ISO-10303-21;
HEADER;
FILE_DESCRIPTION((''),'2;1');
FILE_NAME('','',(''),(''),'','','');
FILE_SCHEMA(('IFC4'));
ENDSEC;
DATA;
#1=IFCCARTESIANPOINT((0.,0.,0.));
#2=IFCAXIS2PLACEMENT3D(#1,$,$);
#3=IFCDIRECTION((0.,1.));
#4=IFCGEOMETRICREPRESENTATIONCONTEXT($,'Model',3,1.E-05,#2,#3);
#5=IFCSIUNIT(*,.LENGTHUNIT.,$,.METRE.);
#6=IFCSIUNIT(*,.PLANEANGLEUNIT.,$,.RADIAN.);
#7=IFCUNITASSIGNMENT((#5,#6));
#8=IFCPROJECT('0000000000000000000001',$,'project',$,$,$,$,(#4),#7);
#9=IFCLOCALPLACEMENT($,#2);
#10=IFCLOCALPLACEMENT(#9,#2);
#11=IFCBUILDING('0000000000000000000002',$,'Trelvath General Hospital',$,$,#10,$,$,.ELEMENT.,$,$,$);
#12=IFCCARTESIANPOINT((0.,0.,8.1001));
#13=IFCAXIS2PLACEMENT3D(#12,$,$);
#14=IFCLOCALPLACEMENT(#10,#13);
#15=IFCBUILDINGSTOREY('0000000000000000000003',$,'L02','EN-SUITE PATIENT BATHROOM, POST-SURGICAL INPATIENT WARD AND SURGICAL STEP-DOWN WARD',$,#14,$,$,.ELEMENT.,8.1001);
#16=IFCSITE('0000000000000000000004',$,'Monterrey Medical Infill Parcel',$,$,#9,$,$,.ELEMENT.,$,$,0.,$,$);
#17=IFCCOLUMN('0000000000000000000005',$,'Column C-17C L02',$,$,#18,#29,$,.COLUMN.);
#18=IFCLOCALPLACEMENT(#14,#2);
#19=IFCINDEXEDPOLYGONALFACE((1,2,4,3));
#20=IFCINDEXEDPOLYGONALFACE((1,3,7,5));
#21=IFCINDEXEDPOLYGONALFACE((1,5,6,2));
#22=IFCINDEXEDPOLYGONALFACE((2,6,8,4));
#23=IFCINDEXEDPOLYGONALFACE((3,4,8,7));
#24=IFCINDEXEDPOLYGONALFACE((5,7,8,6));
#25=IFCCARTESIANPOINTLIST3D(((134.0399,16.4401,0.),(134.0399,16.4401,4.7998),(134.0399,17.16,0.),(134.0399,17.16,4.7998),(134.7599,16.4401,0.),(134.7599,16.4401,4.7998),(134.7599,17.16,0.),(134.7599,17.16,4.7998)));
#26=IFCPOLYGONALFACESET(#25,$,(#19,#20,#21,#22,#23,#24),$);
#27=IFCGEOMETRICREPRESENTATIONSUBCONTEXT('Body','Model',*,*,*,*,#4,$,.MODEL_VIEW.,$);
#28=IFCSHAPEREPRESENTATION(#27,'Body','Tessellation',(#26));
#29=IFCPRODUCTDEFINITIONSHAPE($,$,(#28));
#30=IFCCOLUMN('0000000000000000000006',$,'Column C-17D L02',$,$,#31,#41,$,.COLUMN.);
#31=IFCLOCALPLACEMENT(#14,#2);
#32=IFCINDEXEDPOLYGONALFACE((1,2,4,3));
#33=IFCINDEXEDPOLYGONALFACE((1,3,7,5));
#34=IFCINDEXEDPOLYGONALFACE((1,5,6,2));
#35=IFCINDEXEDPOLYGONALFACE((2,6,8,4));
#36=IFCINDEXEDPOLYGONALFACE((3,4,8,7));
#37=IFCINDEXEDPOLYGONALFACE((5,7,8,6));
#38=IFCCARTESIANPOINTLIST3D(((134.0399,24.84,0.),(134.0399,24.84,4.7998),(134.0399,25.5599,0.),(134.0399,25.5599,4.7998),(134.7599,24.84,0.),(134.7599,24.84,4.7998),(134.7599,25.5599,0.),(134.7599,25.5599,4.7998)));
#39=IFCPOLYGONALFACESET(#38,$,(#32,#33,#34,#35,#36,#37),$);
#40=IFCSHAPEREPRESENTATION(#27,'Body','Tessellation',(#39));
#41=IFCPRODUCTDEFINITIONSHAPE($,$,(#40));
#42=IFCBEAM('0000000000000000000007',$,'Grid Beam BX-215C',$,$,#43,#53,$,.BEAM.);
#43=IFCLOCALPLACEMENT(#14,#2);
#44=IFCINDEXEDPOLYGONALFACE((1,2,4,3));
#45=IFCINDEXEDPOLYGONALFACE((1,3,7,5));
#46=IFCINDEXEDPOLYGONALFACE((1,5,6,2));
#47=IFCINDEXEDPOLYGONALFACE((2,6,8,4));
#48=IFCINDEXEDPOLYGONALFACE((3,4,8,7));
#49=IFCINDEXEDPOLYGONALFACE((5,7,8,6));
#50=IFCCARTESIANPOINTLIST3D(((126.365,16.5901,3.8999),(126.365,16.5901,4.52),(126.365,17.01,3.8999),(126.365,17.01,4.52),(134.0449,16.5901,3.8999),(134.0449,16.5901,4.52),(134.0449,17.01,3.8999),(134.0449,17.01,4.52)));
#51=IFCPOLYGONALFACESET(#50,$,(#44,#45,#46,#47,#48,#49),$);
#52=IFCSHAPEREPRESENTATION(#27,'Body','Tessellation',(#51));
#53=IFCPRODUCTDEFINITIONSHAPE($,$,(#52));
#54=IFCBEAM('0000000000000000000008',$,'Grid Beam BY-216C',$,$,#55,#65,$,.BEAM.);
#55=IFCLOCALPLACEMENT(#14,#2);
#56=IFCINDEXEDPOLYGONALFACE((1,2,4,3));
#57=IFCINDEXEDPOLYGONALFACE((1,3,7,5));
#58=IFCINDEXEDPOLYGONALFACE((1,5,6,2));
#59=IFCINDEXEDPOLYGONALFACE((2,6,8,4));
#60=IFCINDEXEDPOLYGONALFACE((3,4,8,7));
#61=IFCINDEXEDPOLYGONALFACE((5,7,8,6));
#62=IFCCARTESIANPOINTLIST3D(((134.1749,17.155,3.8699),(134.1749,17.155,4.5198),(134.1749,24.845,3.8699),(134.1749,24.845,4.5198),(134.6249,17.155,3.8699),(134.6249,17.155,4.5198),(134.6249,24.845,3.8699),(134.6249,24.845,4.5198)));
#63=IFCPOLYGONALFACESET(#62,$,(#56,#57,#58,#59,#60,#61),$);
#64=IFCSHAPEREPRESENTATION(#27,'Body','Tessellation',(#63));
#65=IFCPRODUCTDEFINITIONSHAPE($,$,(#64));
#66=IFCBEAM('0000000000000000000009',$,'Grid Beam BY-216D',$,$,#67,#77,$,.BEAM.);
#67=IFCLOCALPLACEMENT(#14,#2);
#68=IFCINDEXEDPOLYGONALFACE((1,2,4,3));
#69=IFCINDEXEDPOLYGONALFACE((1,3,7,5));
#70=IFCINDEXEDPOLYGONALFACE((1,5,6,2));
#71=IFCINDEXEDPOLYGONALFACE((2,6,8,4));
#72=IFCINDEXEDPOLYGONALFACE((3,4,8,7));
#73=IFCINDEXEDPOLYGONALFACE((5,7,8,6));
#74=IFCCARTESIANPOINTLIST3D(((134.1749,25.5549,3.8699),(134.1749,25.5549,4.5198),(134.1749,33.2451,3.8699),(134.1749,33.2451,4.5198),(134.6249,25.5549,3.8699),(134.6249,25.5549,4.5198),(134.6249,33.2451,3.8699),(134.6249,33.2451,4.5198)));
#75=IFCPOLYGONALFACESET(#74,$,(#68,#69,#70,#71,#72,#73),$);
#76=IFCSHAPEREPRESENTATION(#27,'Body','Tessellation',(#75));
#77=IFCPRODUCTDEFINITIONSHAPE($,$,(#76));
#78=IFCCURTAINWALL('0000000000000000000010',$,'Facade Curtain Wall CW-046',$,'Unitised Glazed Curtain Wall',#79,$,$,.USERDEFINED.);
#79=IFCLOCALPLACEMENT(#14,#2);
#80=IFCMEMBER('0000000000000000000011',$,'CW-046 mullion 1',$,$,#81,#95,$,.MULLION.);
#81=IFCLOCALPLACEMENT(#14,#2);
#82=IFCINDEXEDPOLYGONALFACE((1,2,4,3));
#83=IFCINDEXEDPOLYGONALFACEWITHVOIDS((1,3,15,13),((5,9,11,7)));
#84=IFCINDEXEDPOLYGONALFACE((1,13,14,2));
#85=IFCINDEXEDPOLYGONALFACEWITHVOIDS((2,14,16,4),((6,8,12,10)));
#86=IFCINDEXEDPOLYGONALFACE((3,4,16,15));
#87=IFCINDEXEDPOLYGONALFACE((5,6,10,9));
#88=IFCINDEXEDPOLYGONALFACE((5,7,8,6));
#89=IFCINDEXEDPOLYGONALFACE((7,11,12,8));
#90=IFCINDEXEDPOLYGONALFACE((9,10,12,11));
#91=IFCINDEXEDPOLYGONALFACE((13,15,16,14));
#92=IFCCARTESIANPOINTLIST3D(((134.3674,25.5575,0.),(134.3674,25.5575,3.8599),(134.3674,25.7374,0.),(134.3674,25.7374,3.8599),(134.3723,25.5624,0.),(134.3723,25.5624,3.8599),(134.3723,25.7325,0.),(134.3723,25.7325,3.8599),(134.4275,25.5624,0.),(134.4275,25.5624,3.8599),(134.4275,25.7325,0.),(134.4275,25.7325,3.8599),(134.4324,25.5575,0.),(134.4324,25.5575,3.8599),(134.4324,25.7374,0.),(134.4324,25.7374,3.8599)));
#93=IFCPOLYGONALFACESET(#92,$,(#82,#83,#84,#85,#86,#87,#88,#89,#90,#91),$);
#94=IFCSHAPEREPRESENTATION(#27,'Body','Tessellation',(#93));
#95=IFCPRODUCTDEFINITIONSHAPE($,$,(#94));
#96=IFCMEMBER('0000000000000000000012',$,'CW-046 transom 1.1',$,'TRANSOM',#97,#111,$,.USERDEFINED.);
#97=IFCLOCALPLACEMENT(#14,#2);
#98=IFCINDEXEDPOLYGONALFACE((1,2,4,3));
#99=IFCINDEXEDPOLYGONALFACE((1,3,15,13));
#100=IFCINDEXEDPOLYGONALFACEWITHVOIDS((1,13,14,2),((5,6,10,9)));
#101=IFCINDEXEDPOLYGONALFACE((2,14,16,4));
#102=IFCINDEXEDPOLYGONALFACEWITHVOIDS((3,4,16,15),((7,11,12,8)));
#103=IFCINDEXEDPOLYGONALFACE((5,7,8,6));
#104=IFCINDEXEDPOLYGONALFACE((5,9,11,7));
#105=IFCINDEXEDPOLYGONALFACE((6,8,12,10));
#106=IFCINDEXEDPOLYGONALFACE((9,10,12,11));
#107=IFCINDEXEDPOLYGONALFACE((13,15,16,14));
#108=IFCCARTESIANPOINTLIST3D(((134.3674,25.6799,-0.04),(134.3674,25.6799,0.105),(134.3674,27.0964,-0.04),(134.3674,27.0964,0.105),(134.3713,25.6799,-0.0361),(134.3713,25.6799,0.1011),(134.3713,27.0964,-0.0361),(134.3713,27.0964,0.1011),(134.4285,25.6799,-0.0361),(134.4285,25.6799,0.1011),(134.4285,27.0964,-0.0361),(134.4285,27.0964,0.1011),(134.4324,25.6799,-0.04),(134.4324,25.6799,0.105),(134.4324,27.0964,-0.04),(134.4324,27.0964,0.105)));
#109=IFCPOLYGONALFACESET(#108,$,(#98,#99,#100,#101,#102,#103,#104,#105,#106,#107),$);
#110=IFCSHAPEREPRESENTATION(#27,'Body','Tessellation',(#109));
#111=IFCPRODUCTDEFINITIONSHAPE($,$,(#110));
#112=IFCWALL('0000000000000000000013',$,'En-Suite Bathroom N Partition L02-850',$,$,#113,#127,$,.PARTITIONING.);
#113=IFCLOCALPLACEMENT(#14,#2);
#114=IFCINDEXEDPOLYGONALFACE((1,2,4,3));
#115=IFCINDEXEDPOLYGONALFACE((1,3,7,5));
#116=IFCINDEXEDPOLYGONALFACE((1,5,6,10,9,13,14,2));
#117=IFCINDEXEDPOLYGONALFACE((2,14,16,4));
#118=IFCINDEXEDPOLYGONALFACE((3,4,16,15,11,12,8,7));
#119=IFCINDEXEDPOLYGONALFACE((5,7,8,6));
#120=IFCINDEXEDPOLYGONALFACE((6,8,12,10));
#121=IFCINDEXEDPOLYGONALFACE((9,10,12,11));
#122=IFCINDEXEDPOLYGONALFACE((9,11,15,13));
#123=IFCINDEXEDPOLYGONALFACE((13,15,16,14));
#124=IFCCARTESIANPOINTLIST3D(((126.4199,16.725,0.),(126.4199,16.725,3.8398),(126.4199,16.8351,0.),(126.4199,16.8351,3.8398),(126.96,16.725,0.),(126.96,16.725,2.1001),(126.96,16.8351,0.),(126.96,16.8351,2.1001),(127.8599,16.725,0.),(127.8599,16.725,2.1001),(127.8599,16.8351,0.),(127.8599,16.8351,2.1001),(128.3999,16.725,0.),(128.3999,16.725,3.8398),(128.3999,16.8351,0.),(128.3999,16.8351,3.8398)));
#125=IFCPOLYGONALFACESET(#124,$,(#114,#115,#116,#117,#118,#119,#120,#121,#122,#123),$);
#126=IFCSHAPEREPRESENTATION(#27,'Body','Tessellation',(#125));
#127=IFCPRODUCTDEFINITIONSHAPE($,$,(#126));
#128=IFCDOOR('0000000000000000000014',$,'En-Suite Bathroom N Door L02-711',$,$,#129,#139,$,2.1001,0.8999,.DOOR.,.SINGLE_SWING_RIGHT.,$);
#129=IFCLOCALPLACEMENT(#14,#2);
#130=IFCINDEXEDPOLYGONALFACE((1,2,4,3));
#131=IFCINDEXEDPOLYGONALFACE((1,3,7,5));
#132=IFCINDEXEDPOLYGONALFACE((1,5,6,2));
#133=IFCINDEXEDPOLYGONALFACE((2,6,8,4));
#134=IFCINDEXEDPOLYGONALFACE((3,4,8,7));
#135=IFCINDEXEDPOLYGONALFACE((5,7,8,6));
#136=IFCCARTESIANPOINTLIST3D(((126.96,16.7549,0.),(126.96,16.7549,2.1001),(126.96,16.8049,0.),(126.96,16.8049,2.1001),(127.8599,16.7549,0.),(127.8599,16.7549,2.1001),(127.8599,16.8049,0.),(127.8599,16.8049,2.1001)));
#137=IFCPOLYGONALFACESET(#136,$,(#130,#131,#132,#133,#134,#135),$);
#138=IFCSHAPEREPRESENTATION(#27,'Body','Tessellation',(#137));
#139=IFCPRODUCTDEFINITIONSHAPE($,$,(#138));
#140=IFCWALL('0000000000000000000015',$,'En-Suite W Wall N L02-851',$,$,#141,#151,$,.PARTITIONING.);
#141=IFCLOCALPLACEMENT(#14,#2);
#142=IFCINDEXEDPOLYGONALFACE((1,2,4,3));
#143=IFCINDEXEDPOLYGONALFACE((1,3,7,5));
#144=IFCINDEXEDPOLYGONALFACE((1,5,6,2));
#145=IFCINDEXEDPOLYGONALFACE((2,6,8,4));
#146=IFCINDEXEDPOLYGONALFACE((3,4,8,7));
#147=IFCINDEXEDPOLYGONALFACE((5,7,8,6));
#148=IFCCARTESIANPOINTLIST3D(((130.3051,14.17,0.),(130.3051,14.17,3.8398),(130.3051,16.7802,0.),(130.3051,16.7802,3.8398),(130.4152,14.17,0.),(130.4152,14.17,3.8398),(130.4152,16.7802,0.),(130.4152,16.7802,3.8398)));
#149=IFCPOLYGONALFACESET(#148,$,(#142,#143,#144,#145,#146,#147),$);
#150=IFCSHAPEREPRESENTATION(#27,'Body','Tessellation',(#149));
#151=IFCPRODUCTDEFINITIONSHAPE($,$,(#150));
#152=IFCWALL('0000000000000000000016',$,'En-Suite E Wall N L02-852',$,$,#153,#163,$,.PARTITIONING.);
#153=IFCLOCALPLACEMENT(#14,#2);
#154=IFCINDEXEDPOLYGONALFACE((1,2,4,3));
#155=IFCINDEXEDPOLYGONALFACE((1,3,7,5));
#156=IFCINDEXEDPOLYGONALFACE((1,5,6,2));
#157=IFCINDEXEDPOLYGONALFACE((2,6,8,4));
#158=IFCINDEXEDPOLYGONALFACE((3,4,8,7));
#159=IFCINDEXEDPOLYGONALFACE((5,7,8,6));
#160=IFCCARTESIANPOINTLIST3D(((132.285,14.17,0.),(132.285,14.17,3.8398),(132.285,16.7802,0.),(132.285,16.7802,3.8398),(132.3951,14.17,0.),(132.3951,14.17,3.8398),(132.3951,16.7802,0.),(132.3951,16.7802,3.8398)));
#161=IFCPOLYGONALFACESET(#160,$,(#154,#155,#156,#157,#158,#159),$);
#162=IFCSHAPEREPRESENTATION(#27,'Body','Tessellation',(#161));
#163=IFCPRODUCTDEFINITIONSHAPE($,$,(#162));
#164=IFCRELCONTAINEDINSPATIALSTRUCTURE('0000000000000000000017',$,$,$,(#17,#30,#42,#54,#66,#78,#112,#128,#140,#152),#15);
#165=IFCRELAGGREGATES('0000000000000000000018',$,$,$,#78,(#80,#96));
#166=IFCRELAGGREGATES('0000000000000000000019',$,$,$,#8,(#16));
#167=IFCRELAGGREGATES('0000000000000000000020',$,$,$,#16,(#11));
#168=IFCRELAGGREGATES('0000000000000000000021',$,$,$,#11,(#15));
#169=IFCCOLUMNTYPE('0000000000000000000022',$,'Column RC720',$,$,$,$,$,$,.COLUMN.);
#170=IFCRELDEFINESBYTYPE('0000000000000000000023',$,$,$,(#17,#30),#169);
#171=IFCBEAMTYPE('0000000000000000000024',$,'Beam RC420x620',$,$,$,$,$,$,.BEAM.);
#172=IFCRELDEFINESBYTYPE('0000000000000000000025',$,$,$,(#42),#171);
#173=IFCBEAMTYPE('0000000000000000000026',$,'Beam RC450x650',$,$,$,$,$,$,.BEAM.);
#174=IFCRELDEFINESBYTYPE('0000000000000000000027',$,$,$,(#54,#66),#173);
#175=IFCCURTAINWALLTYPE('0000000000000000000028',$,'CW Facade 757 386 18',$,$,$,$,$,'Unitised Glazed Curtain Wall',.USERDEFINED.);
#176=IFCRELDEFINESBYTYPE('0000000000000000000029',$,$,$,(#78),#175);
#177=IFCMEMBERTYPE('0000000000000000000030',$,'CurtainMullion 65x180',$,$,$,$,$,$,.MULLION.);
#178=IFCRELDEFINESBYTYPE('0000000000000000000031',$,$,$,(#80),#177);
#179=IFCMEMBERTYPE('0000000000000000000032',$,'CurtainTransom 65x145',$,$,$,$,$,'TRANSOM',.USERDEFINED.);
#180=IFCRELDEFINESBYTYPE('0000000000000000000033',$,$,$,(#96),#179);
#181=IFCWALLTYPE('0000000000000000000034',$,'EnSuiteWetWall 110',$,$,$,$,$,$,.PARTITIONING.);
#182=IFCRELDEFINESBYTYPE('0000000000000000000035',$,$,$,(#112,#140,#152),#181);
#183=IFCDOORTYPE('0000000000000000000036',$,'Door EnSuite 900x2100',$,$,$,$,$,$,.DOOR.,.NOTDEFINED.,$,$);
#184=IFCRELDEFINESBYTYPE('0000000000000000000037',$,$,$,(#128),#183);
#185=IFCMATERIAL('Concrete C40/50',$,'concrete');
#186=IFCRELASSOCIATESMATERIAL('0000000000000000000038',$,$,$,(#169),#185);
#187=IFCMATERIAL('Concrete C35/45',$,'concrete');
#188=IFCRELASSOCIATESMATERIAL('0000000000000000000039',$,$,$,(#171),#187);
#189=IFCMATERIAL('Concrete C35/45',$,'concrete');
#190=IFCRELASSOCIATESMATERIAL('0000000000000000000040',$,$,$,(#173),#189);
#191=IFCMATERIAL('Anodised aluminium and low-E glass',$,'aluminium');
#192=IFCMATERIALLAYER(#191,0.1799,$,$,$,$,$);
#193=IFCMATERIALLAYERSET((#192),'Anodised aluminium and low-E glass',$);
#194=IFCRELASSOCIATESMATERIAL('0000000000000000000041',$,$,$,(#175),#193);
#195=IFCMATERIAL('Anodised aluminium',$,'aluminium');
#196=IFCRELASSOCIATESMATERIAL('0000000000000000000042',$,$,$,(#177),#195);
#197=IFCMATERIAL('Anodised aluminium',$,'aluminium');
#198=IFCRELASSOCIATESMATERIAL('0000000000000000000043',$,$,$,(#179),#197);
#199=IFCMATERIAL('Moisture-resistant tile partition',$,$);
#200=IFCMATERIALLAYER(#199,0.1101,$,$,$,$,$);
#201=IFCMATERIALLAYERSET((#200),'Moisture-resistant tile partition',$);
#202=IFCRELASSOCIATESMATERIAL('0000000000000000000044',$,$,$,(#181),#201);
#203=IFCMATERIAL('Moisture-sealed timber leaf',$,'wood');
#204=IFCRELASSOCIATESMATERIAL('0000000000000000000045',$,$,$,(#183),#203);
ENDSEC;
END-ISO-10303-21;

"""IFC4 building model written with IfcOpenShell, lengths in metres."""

from ifc_helpers import new_model, si_unit, direction, frame, frame_2d, origin, origin_2d, place, context, subcontext, project, spatial, rectangle, hollow_rectangle, extrude, material, layer, layer_set, material_profile, profile_set, type_object, element, fill, aggregate, save


model = new_model("IFC4")

# Units and contexts
model_context = context("Model", 3, precision=1e-05, world=origin(), true_north=direction((0.0, 1.0)))
body_context = subcontext(model_context, "Body", "Model", "MODEL_VIEW")
ifc_project = project(units=[si_unit("LENGTHUNIT", "METRE"), si_unit("PLANEANGLEUNIT", "RADIAN")], contexts=[model_context])

# Site, building, storey
site_placement = place(None, origin())
site = spatial("IfcSite", under=ifc_project, at=site_placement, Name="Monterrey Medical Infill Parcel", CompositionType="ELEMENT", RefElevation=0.0)
building_placement = place(site_placement, origin())
building = spatial("IfcBuilding", under=site, at=building_placement, Name="Trelvath General Hospital", CompositionType="ELEMENT")
storey_placement = place(building_placement, frame((0.0, 0.0, 8.1001)))
storey = spatial("IfcBuildingStorey", under=building, at=storey_placement, Name="L02", Description="EN-SUITE PATIENT BATHROOM, POST-SURGICAL INPATIENT WARD AND SURGICAL STEP-DOWN WARD", CompositionType="ELEMENT", Elevation=8.1001)

# Columns
ifc_material_1 = material(Name="Concrete C40/50", Category="concrete")
ifc_material_profile_1 = material_profile(ifc_material_1, rectangle(XDim=0.72, YDim=0.72, at=origin_2d()), Name="RC720x720")
ifc_profile_set_1 = profile_set([ifc_material_profile_1], Name="Concrete C40/50")
column_type = type_object("IfcColumnType", Name="Column RC720", PredefinedType="COLUMN", material=ifc_profile_set_1)
for number, where, z_axis, x_axis, name in (
    (1, (134.3999, 16.8, 0.0), (0.0, 0.0, 1.0), (1.0, 0.0, 0.0), "Column C-17C L02"),
    (2, (134.3999, 25.2, 0.0), (0.0, 0.0, 1.0), (1.0, 0.0, 0.0), "Column C-17D L02"),
):
    element("IfcColumn", number, at=place(storey_placement, frame(where, z_axis=z_axis, x_axis=x_axis)), inside=storey, type_object=column_type, Name=name, PredefinedType="COLUMN", context=body_context, shape_type="SweptSolid", body=[
        extrude(rectangle(XDim=0.72, YDim=0.72, at=origin_2d()), origin(), (0.0, 0.0, 1.0), 4.7998),
    ])

# Beams
ifc_material_2 = material(Name="Concrete C35/45", Category="concrete")
ifc_material_profile_2 = material_profile(ifc_material_2, rectangle(XDim=0.4199, YDim=0.6201, at=origin_2d()), Name="RCB420x620")
ifc_profile_set_2 = profile_set([ifc_material_profile_2], Name="Concrete C35/45")
beam_type_1 = type_object("IfcBeamType", Name="Beam RC420x620", PredefinedType="BEAM", material=ifc_profile_set_2)
beam_1_placement = place(storey_placement, frame((126.365, 16.8, 4.21), z_axis=(1.0, 0.0, 0.0), x_axis=(0.0, 1.0, 0.0)))
element("IfcBeam", 3, at=beam_1_placement, inside=storey, type_object=beam_type_1, Name="Grid Beam BX-215C", PredefinedType="BEAM", context=body_context, shape_type="SweptSolid", body=[
    extrude(rectangle(XDim=0.4199, YDim=0.6201, at=origin_2d()), origin(), (0.0, 0.0, 1.0), 7.6799),
])
ifc_material_3 = material(Name="Concrete C35/45", Category="concrete")
ifc_material_profile_3 = material_profile(ifc_material_3, rectangle(XDim=0.45, YDim=0.6499, at=origin_2d()), Name="RCB450x650")
ifc_profile_set_3 = profile_set([ifc_material_profile_3], Name="Concrete C35/45")
beam_type_2 = type_object("IfcBeamType", Name="Beam RC450x650", PredefinedType="BEAM", material=ifc_profile_set_3)
beam_2_placement = place(storey_placement, frame((134.3999, 17.155, 4.1948), z_axis=(0.0, 1.0, 0.0), x_axis=(-1.0, 0.0, 0.0)))
element("IfcBeam", 4, at=beam_2_placement, inside=storey, type_object=beam_type_2, Name="Grid Beam BY-216C", PredefinedType="BEAM", context=body_context, shape_type="SweptSolid", body=[
    extrude(rectangle(XDim=0.45, YDim=0.6499, at=origin_2d()), origin(), (0.0, 0.0, 1.0), 7.6899),
])
beam_3_placement = place(storey_placement, frame((134.3999, 25.5549, 4.1948), z_axis=(0.0, 1.0, 0.0), x_axis=(-1.0, 0.0, 0.0)))
element("IfcBeam", 5, at=beam_3_placement, inside=storey, type_object=beam_type_2, Name="Grid Beam BY-216D", PredefinedType="BEAM", context=body_context, shape_type="SweptSolid", body=[
    extrude(rectangle(XDim=0.45, YDim=0.6499, at=origin_2d()), origin(), (0.0, 0.0, 1.0), 7.6902),
])

# Curtain wall, members
ifc_material_4 = material(Name="Anodised aluminium and low-E glass", Category="aluminium")
ifc_layer_1 = layer(ifc_material_4, 0.1799)
ifc_layer_set_1 = layer_set([ifc_layer_1], Name="Anodised aluminium and low-E glass")
curtain_wall_type = type_object("IfcCurtainWallType", Name="CW Facade 757 386 18", ElementType="Unitised Glazed Curtain Wall", PredefinedType="USERDEFINED", material=ifc_layer_set_1)
curtain_wall_placement = place(storey_placement, origin())
curtain_wall = element("IfcCurtainWall", 6, at=curtain_wall_placement, inside=storey, type_object=curtain_wall_type, Name="Facade Curtain Wall CW-046", ObjectType="Unitised Glazed Curtain Wall", PredefinedType="USERDEFINED")
ifc_material_5 = material(Name="Anodised aluminium", Category="aluminium")
ifc_material_profile_4 = material_profile(ifc_material_5, hollow_rectangle(XDim=0.0649, YDim=0.1799, WallThickness=0.0049, at=origin_2d()), Name="RHS65x180x5")
ifc_profile_set_4 = profile_set([ifc_material_profile_4], Name="Anodised aluminium")
member_type_1 = type_object("IfcMemberType", Name="CurtainMullion 65x180", PredefinedType="MULLION", material=ifc_profile_set_4)
member_1_placement = place(storey_placement, frame((134.3999, 25.6475, 0.0), z_axis=(0.0, 0.0, 1.0), x_axis=(-1.0, 0.0, 0.0)))
member_1 = element("IfcMember", 7, at=member_1_placement, type_object=member_type_1, Name="CW-046 mullion 1", PredefinedType="MULLION", context=body_context, shape_type="SweptSolid", body=[
    extrude(hollow_rectangle(XDim=0.0649, YDim=0.1799, WallThickness=0.0049, at=origin_2d()), origin(), (0.0, 0.0, 1.0), 3.8599),
])
ifc_material_6 = material(Name="Anodised aluminium", Category="aluminium")
ifc_material_profile_5 = material_profile(ifc_material_6, hollow_rectangle(XDim=0.0649, YDim=0.145, WallThickness=0.0039, at=origin_2d()), Name="RHS65x145x4")
ifc_profile_set_5 = profile_set([ifc_material_profile_5], Name="Anodised aluminium")
member_type_2 = type_object("IfcMemberType", Name="CurtainTransom 65x145", ElementType="TRANSOM", PredefinedType="USERDEFINED", material=ifc_profile_set_5)
member_2_placement = place(storey_placement, frame((134.3999, 25.6799, 0.0325), z_axis=(0.0, 1.0, 0.0), x_axis=(-1.0, 0.0, 0.0)))
member_2 = element("IfcMember", 8, at=member_2_placement, type_object=member_type_2, Name="CW-046 transom 1.1", ObjectType="TRANSOM", PredefinedType="USERDEFINED", context=body_context, shape_type="SweptSolid", body=[
    extrude(hollow_rectangle(XDim=0.0649, YDim=0.145, WallThickness=0.0039, at=origin_2d()), origin(), (0.0, 0.0, 1.0), 1.4165),
])
aggregate(curtain_wall, [member_1, member_2])

# Wall, opening, door
ifc_material_7 = material(Name="Moisture-resistant tile partition")
ifc_layer_2 = layer(ifc_material_7, 0.1101)
ifc_layer_set_2 = layer_set([ifc_layer_2], Name="Moisture-resistant tile partition")
wall_type_1 = type_object("IfcWallType", Name="EnSuiteWetWall 110", PredefinedType="PARTITIONING", material=ifc_layer_set_2)
wall_1_placement = place(storey_placement, frame((126.4199, 16.78, 0.0), z_axis=(0.0, 0.0, 1.0), x_axis=(1.0, 0.0, 0.0)))
wall_1 = element("IfcWall", 9, at=wall_1_placement, inside=storey, type_object=wall_type_1, Name="En-Suite Bathroom N Partition L02-850", PredefinedType="PARTITIONING", context=body_context, shape_type="SweptSolid", body=[
    extrude(rectangle(XDim=1.98, YDim=0.1101, at=frame_2d((0.99, 0.0))), origin(), (0.0, 0.0, 1.0), 3.8398),
])
opening_1_placement = place(wall_1_placement, frame((0.54, 0.0, 0.0)))
opening_1 = element("IfcOpeningElement", 10, at=opening_1_placement, cuts=wall_1, PredefinedType="OPENING", context=body_context, shape_type="SweptSolid", body=[
    extrude(rectangle(XDim=0.8999, YDim=2.1001, at=frame_2d((0.45, 1.05))), frame((0.0, 0.0649, 0.0), z_axis=(0.0, -1.0, 0.0), x_axis=(1.0, 0.0, 0.0)), (0.0, 0.0, 1.0), 0.1301),
])
ifc_material_8 = material(Name="Moisture-sealed timber leaf", Category="wood")
door_type = type_object("IfcDoorType", Name="Door EnSuite 900x2100", OperationType="NOTDEFINED", PredefinedType="DOOR", material=ifc_material_8)
door_1_placement = place(opening_1_placement, origin())
door_1 = element("IfcDoor", 11, at=door_1_placement, inside=storey, type_object=door_type, Name="En-Suite Bathroom N Door L02-711", OperationType="SINGLE_SWING_RIGHT", OverallHeight=2.1001, OverallWidth=0.8999, PredefinedType="DOOR", context=body_context, shape_type="SweptSolid", body=[
    extrude(rectangle(XDim=0.8999, YDim=2.1001, at=frame_2d((0.45, 1.05))), frame((0.0, 0.0249, 0.0), z_axis=(0.0, -1.0, 0.0), x_axis=(1.0, 0.0, 0.0)), (0.0, 0.0, 1.0), 0.05),
])
fill(opening_1, door_1)

# Walls
for number, where, z_axis, x_axis, name in (
    (12, (130.3601, 14.1699, 0.0), (0.0, 0.0, 1.0), (0.0, 1.0, 0.0), "En-Suite W Wall N L02-851"),
    (13, (132.3401, 14.1699, 0.0), (0.0, 0.0, 1.0), (0.0, 1.0, 0.0), "En-Suite E Wall N L02-852"),
):
    element("IfcWall", number, at=place(storey_placement, frame(where, z_axis=z_axis, x_axis=x_axis)), inside=storey, type_object=wall_type_1, Name=name, PredefinedType="PARTITIONING", context=body_context, shape_type="SweptSolid", body=[
        extrude(rectangle(XDim=2.6101, YDim=0.1101, at=frame_2d((1.3052, 0.0))), origin(), (0.0, 0.0, 1.0), 3.8398),
    ])

save(model, "model.ifc")
